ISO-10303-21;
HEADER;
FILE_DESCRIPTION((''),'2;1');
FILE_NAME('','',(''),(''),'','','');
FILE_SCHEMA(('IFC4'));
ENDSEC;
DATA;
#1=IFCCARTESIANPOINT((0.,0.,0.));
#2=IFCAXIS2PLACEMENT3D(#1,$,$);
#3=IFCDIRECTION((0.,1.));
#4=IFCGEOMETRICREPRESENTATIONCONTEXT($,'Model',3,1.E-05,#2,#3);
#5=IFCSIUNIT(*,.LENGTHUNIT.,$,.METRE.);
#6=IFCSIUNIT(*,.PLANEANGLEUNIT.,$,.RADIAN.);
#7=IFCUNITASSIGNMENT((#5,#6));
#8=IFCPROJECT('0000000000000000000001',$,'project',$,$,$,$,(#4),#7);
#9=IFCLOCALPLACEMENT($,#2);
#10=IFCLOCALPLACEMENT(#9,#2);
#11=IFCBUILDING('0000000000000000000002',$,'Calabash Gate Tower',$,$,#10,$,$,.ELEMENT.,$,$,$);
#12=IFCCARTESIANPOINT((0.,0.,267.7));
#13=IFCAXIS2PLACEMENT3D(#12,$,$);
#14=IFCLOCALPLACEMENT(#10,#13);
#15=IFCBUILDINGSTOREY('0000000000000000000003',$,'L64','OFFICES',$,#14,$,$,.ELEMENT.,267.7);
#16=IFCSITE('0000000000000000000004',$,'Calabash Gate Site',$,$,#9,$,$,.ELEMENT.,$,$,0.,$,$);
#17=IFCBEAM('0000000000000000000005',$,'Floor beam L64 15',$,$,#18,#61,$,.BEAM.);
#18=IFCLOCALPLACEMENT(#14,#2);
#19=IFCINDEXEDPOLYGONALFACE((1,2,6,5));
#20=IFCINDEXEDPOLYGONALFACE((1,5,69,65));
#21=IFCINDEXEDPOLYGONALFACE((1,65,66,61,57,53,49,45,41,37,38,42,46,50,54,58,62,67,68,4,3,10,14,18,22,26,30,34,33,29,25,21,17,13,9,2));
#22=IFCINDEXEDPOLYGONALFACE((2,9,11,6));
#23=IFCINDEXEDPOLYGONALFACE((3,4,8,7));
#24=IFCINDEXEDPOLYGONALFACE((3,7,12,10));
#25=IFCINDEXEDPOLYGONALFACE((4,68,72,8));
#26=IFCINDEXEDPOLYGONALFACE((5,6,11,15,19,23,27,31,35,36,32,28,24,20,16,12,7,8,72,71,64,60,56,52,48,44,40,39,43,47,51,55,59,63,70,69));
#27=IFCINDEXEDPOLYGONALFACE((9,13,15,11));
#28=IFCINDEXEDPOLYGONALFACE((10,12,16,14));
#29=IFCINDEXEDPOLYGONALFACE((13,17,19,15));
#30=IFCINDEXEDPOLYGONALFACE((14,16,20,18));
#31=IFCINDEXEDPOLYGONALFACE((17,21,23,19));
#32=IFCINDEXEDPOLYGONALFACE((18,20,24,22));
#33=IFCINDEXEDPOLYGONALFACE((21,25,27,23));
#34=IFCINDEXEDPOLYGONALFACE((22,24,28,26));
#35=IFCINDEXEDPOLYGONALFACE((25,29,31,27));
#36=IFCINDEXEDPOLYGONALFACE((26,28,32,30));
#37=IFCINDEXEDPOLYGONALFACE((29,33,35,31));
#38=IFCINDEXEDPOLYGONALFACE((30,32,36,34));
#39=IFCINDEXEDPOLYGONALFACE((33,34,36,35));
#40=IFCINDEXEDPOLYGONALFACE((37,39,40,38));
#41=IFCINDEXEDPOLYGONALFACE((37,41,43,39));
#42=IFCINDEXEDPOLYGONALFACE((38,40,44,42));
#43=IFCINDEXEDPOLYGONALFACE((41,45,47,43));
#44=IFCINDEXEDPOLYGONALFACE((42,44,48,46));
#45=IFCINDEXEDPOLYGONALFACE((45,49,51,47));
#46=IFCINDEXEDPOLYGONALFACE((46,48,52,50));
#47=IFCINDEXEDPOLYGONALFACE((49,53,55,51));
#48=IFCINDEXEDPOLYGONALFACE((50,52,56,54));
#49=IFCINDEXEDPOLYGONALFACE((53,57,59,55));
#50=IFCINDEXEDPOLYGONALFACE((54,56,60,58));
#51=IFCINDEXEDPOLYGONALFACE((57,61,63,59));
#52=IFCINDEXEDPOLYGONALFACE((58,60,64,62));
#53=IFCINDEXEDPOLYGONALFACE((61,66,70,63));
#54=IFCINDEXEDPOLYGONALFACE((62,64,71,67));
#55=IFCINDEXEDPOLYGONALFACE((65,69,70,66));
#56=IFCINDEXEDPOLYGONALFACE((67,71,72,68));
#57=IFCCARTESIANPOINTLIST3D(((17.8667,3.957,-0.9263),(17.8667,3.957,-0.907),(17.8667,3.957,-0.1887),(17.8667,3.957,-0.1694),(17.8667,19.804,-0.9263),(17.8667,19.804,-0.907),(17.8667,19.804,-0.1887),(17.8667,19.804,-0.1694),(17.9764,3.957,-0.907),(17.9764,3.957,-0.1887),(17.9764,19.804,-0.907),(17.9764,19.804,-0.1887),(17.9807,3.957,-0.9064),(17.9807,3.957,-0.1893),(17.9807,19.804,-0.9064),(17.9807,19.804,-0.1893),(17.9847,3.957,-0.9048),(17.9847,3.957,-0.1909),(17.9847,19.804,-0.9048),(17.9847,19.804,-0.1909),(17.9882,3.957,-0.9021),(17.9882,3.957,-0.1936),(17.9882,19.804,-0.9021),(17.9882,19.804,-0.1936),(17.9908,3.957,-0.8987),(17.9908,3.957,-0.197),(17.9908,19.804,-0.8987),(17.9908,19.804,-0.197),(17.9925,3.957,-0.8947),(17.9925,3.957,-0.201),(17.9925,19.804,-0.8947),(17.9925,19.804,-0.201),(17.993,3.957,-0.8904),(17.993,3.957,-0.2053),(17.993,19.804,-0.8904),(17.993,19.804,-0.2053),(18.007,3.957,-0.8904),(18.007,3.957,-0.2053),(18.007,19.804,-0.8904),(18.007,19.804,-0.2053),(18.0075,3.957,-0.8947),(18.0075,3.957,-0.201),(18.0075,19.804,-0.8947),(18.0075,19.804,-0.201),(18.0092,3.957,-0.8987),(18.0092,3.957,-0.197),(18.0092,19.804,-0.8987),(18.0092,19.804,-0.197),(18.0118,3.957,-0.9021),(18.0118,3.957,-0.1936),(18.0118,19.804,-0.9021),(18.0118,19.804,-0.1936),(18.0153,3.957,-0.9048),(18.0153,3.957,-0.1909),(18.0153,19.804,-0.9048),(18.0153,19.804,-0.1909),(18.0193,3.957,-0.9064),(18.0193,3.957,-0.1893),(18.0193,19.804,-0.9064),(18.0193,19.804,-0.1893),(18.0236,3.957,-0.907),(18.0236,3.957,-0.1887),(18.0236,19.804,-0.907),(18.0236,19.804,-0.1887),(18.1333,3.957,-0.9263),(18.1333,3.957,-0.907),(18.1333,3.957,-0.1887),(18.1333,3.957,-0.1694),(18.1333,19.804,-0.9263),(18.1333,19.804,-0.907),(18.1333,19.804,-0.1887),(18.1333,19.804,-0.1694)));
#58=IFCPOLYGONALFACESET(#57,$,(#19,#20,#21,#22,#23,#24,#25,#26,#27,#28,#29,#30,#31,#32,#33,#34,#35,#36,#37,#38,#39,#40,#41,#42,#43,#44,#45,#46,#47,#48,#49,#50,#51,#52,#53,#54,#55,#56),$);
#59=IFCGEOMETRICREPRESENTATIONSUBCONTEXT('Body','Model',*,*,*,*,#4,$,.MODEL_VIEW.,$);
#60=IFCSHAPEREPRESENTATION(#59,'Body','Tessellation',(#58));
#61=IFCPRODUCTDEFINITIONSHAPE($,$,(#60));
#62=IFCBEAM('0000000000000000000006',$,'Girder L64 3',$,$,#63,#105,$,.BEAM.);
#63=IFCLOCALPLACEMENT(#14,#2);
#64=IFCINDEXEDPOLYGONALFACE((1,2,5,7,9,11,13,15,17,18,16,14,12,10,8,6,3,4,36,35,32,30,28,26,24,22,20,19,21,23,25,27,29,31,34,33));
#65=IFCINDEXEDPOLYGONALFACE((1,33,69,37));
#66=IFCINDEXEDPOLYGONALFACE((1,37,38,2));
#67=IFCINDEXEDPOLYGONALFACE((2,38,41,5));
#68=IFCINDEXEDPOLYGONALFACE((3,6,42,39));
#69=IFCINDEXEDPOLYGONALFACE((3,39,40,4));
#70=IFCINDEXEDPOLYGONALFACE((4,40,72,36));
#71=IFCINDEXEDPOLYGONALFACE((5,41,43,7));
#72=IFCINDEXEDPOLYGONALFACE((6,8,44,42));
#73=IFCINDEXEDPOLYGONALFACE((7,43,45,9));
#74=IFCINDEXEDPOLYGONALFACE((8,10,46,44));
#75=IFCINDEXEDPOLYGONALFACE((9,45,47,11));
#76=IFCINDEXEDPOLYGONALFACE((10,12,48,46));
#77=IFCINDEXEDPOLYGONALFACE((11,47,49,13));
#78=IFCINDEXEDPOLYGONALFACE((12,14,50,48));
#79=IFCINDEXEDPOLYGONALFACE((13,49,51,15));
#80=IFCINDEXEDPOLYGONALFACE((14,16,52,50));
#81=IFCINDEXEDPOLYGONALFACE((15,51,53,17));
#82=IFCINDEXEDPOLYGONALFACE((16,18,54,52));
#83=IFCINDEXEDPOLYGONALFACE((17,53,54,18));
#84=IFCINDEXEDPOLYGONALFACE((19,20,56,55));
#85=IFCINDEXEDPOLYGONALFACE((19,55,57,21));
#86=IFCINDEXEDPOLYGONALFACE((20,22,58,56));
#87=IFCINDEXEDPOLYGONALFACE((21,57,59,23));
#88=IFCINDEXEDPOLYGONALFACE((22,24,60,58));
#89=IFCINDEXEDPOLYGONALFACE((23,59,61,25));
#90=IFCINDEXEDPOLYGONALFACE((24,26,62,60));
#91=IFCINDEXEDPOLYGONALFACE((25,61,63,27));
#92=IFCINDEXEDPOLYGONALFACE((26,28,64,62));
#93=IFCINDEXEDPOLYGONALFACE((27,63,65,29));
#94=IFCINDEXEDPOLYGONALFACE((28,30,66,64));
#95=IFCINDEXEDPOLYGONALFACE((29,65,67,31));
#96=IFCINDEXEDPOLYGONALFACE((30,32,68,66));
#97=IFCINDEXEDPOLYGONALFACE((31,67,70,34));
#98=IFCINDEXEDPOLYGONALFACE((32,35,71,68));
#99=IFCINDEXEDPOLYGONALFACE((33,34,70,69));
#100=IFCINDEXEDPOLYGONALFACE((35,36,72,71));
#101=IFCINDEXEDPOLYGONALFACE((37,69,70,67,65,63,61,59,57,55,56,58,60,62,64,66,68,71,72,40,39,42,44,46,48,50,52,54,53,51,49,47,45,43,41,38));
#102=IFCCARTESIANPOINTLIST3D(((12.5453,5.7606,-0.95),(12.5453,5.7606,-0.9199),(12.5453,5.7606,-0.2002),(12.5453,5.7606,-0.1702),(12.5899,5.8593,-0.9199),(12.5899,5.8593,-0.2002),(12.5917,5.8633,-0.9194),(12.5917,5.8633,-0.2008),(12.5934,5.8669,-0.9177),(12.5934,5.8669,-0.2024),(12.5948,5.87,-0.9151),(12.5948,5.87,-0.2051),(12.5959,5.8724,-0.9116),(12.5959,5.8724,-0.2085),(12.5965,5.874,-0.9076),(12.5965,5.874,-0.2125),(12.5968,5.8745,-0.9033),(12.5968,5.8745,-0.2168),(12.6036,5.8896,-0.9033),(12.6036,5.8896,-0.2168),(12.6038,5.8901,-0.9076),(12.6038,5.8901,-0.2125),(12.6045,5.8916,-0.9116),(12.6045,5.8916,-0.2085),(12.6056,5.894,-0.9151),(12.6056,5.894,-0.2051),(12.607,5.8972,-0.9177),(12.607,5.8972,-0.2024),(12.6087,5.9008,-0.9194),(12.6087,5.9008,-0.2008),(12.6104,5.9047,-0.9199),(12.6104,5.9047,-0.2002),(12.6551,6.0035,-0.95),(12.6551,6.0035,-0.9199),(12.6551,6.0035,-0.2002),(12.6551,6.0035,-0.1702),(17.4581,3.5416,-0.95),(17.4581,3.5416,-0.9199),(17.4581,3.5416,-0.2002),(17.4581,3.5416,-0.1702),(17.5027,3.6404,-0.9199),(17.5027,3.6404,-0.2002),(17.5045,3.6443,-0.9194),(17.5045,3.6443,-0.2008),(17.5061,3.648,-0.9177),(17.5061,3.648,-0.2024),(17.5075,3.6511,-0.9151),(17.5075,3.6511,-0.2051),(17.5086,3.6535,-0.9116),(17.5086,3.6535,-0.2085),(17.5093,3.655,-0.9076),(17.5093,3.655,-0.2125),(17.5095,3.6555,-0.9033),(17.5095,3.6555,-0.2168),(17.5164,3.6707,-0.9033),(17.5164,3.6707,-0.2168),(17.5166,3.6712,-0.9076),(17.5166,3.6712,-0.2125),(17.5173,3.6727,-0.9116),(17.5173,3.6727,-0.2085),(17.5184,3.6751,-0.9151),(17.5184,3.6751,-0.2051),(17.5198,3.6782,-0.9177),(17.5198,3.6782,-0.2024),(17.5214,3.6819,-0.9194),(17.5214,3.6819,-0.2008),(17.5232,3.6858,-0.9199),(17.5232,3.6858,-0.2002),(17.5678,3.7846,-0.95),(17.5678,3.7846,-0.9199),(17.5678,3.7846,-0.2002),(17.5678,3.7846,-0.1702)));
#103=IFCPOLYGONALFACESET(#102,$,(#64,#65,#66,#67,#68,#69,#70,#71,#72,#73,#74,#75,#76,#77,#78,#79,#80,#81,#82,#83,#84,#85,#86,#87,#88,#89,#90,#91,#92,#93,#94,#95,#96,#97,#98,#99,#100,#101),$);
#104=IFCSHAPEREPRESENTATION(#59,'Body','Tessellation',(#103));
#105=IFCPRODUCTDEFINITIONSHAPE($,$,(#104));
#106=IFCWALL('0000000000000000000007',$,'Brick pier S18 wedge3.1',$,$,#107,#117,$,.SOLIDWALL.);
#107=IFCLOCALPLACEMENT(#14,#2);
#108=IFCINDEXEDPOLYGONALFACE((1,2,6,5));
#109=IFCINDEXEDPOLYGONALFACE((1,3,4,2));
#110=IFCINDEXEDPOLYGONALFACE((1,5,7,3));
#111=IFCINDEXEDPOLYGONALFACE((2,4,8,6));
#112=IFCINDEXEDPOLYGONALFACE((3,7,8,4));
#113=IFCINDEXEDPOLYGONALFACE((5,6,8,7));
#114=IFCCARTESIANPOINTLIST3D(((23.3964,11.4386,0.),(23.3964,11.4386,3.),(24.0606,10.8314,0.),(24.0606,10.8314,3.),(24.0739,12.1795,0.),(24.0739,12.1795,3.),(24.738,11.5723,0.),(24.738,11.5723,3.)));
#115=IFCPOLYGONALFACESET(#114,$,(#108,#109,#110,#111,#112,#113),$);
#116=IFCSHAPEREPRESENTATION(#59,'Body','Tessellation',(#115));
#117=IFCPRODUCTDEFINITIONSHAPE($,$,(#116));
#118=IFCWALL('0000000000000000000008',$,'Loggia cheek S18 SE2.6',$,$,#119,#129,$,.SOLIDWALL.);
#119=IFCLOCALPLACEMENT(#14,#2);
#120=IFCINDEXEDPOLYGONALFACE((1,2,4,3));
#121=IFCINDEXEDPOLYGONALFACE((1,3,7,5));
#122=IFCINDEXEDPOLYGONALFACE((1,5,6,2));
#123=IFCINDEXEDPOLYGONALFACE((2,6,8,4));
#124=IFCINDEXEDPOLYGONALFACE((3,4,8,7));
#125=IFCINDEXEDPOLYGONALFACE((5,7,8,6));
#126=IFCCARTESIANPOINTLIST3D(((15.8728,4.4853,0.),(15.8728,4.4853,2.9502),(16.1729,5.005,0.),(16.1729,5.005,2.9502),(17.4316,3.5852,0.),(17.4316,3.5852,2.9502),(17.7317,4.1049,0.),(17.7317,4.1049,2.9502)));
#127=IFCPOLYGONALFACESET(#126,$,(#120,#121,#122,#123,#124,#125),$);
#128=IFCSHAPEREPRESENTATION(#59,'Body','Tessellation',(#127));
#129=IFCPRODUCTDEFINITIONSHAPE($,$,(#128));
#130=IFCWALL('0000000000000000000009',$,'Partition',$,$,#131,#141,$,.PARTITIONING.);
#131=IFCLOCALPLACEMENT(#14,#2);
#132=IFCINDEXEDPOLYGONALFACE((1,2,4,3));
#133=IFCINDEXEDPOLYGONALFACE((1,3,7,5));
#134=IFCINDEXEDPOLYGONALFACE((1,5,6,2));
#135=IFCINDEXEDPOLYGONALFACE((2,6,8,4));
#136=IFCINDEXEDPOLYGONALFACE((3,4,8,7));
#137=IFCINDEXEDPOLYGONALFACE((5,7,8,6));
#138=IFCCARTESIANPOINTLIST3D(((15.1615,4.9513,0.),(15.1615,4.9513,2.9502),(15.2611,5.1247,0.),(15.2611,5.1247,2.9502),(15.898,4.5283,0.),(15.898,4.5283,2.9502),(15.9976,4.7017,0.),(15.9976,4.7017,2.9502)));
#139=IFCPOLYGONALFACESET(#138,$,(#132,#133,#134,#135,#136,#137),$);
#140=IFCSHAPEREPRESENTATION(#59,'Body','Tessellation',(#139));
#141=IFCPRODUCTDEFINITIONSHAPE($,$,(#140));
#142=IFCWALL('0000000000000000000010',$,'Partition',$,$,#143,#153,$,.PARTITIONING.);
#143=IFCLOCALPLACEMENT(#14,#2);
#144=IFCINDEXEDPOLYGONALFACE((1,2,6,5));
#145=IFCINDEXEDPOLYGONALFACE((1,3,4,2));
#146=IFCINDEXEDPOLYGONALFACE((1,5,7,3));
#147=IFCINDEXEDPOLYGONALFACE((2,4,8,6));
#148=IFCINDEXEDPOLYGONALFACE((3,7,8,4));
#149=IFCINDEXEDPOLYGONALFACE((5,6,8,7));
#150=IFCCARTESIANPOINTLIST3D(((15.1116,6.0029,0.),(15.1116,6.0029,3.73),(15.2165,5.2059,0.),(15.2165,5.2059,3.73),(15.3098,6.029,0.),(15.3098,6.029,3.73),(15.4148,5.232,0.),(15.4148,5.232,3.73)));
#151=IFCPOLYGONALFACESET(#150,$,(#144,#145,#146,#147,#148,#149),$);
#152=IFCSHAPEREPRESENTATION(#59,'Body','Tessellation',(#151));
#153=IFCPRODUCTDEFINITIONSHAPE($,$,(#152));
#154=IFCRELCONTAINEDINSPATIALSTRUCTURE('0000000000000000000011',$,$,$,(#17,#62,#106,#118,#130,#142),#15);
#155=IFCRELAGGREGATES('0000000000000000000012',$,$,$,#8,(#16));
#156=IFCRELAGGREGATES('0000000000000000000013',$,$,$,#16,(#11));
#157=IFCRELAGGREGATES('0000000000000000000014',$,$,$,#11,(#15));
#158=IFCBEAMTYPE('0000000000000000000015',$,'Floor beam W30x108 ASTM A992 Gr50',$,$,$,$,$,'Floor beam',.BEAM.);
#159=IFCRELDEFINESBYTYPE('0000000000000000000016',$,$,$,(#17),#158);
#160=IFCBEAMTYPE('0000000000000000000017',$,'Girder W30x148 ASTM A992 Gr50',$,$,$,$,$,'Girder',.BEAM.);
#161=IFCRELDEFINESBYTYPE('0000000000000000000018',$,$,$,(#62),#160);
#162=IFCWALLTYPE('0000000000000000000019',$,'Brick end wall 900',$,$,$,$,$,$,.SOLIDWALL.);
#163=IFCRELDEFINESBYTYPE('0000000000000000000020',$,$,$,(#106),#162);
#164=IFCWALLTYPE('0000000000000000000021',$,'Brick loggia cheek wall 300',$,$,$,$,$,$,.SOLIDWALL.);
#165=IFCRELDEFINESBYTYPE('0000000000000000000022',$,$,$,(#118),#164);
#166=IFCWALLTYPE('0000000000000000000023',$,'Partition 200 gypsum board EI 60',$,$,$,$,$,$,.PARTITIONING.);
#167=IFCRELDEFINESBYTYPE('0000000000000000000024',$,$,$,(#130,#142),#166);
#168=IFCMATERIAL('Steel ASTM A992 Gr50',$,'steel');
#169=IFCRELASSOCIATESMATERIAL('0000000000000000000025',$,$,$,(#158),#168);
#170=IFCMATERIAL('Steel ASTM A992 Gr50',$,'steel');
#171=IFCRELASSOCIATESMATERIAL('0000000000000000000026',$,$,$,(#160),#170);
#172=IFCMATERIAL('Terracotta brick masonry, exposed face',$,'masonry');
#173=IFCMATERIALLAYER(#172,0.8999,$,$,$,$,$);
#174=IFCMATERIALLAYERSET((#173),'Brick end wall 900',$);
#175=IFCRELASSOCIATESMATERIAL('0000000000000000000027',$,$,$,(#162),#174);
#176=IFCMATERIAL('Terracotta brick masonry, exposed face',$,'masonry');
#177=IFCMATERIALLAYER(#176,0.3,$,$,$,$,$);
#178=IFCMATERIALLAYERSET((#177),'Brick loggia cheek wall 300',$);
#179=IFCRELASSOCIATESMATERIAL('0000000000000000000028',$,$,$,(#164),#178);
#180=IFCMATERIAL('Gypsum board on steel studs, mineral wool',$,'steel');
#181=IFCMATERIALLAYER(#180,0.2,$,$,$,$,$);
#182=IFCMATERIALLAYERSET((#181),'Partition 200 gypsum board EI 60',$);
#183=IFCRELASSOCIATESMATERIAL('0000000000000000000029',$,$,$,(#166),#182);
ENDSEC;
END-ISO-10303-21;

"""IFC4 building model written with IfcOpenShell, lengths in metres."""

from ifc_helpers import new_model, si_unit, direction, frame, frame_2d, origin, origin_2d, place, context, subcontext, project, spatial, rectangle, i_section, extrude, material, layer, layer_set, material_profile, profile_set, type_object, element, save


model = new_model("IFC4")

# Units and contexts
model_context = context("Model", 3, precision=1e-05, world=origin(), true_north=direction((0.0, 1.0)))
body_context = subcontext(model_context, "Body", "Model", "MODEL_VIEW")
ifc_project = project(units=[si_unit("LENGTHUNIT", "METRE"), si_unit("PLANEANGLEUNIT", "RADIAN")], contexts=[model_context])

# Site, building, storey
site_placement = place(None, origin())
site = spatial("IfcSite", under=ifc_project, at=site_placement, Name="Calabash Gate Site", CompositionType="ELEMENT", RefElevation=0.0)
building_placement = place(site_placement, origin())
building = spatial("IfcBuilding", under=site, at=building_placement, Name="Calabash Gate Tower", CompositionType="ELEMENT")
storey_placement = place(building_placement, frame((0.0, 0.0, 267.7)))
storey = spatial("IfcBuildingStorey", under=building, at=storey_placement, Name="L64", Description="OFFICES", CompositionType="ELEMENT", Elevation=267.7)

# Beams
ifc_material_1 = material(Name="Steel ASTM A992 Gr50", Category="steel")
ifc_material_profile_1 = material_profile(ifc_material_1, i_section(OverallWidth=0.2666, OverallDepth=0.7568, WebThickness=0.0139, FlangeThickness=0.0193, FilletRadius=0.0166, at=origin_2d()))
ifc_profile_set_1 = profile_set([ifc_material_profile_1], Name="Steel ASTM A992 Gr50")
beam_type_1 = type_object("IfcBeamType", Name="Floor beam W30x108 ASTM A992 Gr50", ElementType="Floor beam", PredefinedType="BEAM", material=ifc_profile_set_1)
beam_1_placement = place(storey_placement, frame((18.0, 3.957, -0.5479), z_axis=(0.0, 1.0, 0.0), x_axis=(-1.0, 0.0, 0.0)))
element("IfcBeam", 1, at=beam_1_placement, inside=storey, type_object=beam_type_1, Name="Floor beam L64 15", PredefinedType="BEAM", context=body_context, shape_type="SweptSolid", body=[
    extrude(i_section(OverallWidth=0.2666, OverallDepth=0.7568, WebThickness=0.0139, FlangeThickness=0.0193, FilletRadius=0.0166, at=origin_2d()), origin(), (0.0, 0.0, 1.0), 15.8469),
])
ifc_material_2 = material(Name="Steel ASTM A992 Gr50", Category="steel")
ifc_material_profile_2 = material_profile(ifc_material_2, i_section(OverallWidth=0.2666, OverallDepth=0.7798, WebThickness=0.0166, FlangeThickness=0.03, FilletRadius=0.0166, at=origin_2d()))
ifc_profile_set_2 = profile_set([ifc_material_profile_2], Name="Steel ASTM A992 Gr50")
beam_type_2 = type_object("IfcBeamType", Name="Girder W30x148 ASTM A992 Gr50", ElementType="Girder", PredefinedType="BEAM", material=ifc_profile_set_2)
beam_2_placement = place(storey_placement, frame((17.5129, 3.6631, -0.5601), z_axis=(-0.91135, 0.411632, 0.0), x_axis=(-0.411632, -0.91135, 0.0)))
element("IfcBeam", 2, at=beam_2_placement, inside=storey, type_object=beam_type_2, Name="Girder L64 3", PredefinedType="BEAM", context=body_context, shape_type="SweptSolid", body=[
    extrude(i_section(OverallWidth=0.2666, OverallDepth=0.7798, WebThickness=0.0166, FlangeThickness=0.03, FilletRadius=0.0166, at=origin_2d()), origin(), (0.0, 0.0, 1.0), 5.3906),
])

# Walls
ifc_material_3 = material(Name="Terracotta brick masonry, exposed face", Category="masonry")
ifc_layer_1 = layer(ifc_material_3, 0.8999)
ifc_layer_set_1 = layer_set([ifc_layer_1], Name="Brick end wall 900")
wall_type_1 = type_object("IfcWallType", Name="Brick end wall 900", PredefinedType="SOLIDWALL", material=ifc_layer_set_1)
wall_1_placement = place(storey_placement, frame((23.7285, 11.135, 0.0), z_axis=(0.0, 0.0, 1.0), x_axis=(0.674788, 0.738012, 0.0)))
element("IfcWall", 3, at=wall_1_placement, inside=storey, type_object=wall_type_1, Name="Brick pier S18 wedge3.1", PredefinedType="SOLIDWALL", context=body_context, shape_type="SweptSolid", body=[
    extrude(rectangle(XDim=1.0039, YDim=0.8999, at=frame_2d((0.502, 0.0))), origin(), (0.0, 0.0, 1.0), 3.0),
])
ifc_material_4 = material(Name="Terracotta brick masonry, exposed face", Category="masonry")
ifc_layer_2 = layer(ifc_material_4, 0.3)
ifc_layer_set_2 = layer_set([ifc_layer_2], Name="Brick loggia cheek wall 300")
wall_type_2 = type_object("IfcWallType", Name="Brick loggia cheek wall 300", PredefinedType="SOLIDWALL", material=ifc_layer_set_2)
wall_2_placement = place(storey_placement, frame((16.0229, 4.7451, 0.0), z_axis=(0.0, 0.0, 1.0), x_axis=(0.865989, -0.500063, 0.0)))
element("IfcWall", 4, at=wall_2_placement, inside=storey, type_object=wall_type_2, Name="Loggia cheek S18 SE2.6", PredefinedType="SOLIDWALL", context=body_context, shape_type="SweptSolid", body=[
    extrude(rectangle(XDim=1.8, YDim=0.6001, at=frame_2d((0.8999, 0.0))), origin(), (0.0, 0.0, 1.0), 2.9502),
])
ifc_material_5 = material(Name="Gypsum board on steel studs, mineral wool", Category="steel")
ifc_layer_3 = layer(ifc_material_5, 0.2)
ifc_layer_set_3 = layer_set([ifc_layer_3], Name="Partition 200 gypsum board EI 60")
wall_type_3 = type_object("IfcWallType", Name="Partition 200 gypsum board EI 60", PredefinedType="PARTITIONING", material=ifc_layer_set_3)
wall_3_placement = place(storey_placement, frame((15.2112, 5.0381, 0.0), z_axis=(0.0, 0.0, 1.0), x_axis=(0.867127, -0.498088, 0.0)))
element("IfcWall", 5, at=wall_3_placement, inside=storey, type_object=wall_type_3, Name="Partition", PredefinedType="PARTITIONING", context=body_context, shape_type="SweptSolid", body=[
    extrude(rectangle(XDim=0.8494, YDim=0.2, at=frame_2d((0.4248, 0.0))), origin(), (0.0, 0.0, 1.0), 2.9502),
])
wall_4_placement = place(storey_placement, frame((15.2107, 6.0159, 0.0), z_axis=(0.0, 0.0, 1.0), x_axis=(0.130572, -0.991439, 0.0)))
element("IfcWall", 6, at=wall_4_placement, inside=storey, type_object=wall_type_3, Name="Partition", PredefinedType="PARTITIONING", context=body_context, shape_type="SweptSolid", body=[
    extrude(rectangle(XDim=0.804, YDim=0.2, at=frame_2d((0.4019, 0.0))), origin(), (0.0, 0.0, 1.0), 3.73),
])

save(model, "model.ifc")
